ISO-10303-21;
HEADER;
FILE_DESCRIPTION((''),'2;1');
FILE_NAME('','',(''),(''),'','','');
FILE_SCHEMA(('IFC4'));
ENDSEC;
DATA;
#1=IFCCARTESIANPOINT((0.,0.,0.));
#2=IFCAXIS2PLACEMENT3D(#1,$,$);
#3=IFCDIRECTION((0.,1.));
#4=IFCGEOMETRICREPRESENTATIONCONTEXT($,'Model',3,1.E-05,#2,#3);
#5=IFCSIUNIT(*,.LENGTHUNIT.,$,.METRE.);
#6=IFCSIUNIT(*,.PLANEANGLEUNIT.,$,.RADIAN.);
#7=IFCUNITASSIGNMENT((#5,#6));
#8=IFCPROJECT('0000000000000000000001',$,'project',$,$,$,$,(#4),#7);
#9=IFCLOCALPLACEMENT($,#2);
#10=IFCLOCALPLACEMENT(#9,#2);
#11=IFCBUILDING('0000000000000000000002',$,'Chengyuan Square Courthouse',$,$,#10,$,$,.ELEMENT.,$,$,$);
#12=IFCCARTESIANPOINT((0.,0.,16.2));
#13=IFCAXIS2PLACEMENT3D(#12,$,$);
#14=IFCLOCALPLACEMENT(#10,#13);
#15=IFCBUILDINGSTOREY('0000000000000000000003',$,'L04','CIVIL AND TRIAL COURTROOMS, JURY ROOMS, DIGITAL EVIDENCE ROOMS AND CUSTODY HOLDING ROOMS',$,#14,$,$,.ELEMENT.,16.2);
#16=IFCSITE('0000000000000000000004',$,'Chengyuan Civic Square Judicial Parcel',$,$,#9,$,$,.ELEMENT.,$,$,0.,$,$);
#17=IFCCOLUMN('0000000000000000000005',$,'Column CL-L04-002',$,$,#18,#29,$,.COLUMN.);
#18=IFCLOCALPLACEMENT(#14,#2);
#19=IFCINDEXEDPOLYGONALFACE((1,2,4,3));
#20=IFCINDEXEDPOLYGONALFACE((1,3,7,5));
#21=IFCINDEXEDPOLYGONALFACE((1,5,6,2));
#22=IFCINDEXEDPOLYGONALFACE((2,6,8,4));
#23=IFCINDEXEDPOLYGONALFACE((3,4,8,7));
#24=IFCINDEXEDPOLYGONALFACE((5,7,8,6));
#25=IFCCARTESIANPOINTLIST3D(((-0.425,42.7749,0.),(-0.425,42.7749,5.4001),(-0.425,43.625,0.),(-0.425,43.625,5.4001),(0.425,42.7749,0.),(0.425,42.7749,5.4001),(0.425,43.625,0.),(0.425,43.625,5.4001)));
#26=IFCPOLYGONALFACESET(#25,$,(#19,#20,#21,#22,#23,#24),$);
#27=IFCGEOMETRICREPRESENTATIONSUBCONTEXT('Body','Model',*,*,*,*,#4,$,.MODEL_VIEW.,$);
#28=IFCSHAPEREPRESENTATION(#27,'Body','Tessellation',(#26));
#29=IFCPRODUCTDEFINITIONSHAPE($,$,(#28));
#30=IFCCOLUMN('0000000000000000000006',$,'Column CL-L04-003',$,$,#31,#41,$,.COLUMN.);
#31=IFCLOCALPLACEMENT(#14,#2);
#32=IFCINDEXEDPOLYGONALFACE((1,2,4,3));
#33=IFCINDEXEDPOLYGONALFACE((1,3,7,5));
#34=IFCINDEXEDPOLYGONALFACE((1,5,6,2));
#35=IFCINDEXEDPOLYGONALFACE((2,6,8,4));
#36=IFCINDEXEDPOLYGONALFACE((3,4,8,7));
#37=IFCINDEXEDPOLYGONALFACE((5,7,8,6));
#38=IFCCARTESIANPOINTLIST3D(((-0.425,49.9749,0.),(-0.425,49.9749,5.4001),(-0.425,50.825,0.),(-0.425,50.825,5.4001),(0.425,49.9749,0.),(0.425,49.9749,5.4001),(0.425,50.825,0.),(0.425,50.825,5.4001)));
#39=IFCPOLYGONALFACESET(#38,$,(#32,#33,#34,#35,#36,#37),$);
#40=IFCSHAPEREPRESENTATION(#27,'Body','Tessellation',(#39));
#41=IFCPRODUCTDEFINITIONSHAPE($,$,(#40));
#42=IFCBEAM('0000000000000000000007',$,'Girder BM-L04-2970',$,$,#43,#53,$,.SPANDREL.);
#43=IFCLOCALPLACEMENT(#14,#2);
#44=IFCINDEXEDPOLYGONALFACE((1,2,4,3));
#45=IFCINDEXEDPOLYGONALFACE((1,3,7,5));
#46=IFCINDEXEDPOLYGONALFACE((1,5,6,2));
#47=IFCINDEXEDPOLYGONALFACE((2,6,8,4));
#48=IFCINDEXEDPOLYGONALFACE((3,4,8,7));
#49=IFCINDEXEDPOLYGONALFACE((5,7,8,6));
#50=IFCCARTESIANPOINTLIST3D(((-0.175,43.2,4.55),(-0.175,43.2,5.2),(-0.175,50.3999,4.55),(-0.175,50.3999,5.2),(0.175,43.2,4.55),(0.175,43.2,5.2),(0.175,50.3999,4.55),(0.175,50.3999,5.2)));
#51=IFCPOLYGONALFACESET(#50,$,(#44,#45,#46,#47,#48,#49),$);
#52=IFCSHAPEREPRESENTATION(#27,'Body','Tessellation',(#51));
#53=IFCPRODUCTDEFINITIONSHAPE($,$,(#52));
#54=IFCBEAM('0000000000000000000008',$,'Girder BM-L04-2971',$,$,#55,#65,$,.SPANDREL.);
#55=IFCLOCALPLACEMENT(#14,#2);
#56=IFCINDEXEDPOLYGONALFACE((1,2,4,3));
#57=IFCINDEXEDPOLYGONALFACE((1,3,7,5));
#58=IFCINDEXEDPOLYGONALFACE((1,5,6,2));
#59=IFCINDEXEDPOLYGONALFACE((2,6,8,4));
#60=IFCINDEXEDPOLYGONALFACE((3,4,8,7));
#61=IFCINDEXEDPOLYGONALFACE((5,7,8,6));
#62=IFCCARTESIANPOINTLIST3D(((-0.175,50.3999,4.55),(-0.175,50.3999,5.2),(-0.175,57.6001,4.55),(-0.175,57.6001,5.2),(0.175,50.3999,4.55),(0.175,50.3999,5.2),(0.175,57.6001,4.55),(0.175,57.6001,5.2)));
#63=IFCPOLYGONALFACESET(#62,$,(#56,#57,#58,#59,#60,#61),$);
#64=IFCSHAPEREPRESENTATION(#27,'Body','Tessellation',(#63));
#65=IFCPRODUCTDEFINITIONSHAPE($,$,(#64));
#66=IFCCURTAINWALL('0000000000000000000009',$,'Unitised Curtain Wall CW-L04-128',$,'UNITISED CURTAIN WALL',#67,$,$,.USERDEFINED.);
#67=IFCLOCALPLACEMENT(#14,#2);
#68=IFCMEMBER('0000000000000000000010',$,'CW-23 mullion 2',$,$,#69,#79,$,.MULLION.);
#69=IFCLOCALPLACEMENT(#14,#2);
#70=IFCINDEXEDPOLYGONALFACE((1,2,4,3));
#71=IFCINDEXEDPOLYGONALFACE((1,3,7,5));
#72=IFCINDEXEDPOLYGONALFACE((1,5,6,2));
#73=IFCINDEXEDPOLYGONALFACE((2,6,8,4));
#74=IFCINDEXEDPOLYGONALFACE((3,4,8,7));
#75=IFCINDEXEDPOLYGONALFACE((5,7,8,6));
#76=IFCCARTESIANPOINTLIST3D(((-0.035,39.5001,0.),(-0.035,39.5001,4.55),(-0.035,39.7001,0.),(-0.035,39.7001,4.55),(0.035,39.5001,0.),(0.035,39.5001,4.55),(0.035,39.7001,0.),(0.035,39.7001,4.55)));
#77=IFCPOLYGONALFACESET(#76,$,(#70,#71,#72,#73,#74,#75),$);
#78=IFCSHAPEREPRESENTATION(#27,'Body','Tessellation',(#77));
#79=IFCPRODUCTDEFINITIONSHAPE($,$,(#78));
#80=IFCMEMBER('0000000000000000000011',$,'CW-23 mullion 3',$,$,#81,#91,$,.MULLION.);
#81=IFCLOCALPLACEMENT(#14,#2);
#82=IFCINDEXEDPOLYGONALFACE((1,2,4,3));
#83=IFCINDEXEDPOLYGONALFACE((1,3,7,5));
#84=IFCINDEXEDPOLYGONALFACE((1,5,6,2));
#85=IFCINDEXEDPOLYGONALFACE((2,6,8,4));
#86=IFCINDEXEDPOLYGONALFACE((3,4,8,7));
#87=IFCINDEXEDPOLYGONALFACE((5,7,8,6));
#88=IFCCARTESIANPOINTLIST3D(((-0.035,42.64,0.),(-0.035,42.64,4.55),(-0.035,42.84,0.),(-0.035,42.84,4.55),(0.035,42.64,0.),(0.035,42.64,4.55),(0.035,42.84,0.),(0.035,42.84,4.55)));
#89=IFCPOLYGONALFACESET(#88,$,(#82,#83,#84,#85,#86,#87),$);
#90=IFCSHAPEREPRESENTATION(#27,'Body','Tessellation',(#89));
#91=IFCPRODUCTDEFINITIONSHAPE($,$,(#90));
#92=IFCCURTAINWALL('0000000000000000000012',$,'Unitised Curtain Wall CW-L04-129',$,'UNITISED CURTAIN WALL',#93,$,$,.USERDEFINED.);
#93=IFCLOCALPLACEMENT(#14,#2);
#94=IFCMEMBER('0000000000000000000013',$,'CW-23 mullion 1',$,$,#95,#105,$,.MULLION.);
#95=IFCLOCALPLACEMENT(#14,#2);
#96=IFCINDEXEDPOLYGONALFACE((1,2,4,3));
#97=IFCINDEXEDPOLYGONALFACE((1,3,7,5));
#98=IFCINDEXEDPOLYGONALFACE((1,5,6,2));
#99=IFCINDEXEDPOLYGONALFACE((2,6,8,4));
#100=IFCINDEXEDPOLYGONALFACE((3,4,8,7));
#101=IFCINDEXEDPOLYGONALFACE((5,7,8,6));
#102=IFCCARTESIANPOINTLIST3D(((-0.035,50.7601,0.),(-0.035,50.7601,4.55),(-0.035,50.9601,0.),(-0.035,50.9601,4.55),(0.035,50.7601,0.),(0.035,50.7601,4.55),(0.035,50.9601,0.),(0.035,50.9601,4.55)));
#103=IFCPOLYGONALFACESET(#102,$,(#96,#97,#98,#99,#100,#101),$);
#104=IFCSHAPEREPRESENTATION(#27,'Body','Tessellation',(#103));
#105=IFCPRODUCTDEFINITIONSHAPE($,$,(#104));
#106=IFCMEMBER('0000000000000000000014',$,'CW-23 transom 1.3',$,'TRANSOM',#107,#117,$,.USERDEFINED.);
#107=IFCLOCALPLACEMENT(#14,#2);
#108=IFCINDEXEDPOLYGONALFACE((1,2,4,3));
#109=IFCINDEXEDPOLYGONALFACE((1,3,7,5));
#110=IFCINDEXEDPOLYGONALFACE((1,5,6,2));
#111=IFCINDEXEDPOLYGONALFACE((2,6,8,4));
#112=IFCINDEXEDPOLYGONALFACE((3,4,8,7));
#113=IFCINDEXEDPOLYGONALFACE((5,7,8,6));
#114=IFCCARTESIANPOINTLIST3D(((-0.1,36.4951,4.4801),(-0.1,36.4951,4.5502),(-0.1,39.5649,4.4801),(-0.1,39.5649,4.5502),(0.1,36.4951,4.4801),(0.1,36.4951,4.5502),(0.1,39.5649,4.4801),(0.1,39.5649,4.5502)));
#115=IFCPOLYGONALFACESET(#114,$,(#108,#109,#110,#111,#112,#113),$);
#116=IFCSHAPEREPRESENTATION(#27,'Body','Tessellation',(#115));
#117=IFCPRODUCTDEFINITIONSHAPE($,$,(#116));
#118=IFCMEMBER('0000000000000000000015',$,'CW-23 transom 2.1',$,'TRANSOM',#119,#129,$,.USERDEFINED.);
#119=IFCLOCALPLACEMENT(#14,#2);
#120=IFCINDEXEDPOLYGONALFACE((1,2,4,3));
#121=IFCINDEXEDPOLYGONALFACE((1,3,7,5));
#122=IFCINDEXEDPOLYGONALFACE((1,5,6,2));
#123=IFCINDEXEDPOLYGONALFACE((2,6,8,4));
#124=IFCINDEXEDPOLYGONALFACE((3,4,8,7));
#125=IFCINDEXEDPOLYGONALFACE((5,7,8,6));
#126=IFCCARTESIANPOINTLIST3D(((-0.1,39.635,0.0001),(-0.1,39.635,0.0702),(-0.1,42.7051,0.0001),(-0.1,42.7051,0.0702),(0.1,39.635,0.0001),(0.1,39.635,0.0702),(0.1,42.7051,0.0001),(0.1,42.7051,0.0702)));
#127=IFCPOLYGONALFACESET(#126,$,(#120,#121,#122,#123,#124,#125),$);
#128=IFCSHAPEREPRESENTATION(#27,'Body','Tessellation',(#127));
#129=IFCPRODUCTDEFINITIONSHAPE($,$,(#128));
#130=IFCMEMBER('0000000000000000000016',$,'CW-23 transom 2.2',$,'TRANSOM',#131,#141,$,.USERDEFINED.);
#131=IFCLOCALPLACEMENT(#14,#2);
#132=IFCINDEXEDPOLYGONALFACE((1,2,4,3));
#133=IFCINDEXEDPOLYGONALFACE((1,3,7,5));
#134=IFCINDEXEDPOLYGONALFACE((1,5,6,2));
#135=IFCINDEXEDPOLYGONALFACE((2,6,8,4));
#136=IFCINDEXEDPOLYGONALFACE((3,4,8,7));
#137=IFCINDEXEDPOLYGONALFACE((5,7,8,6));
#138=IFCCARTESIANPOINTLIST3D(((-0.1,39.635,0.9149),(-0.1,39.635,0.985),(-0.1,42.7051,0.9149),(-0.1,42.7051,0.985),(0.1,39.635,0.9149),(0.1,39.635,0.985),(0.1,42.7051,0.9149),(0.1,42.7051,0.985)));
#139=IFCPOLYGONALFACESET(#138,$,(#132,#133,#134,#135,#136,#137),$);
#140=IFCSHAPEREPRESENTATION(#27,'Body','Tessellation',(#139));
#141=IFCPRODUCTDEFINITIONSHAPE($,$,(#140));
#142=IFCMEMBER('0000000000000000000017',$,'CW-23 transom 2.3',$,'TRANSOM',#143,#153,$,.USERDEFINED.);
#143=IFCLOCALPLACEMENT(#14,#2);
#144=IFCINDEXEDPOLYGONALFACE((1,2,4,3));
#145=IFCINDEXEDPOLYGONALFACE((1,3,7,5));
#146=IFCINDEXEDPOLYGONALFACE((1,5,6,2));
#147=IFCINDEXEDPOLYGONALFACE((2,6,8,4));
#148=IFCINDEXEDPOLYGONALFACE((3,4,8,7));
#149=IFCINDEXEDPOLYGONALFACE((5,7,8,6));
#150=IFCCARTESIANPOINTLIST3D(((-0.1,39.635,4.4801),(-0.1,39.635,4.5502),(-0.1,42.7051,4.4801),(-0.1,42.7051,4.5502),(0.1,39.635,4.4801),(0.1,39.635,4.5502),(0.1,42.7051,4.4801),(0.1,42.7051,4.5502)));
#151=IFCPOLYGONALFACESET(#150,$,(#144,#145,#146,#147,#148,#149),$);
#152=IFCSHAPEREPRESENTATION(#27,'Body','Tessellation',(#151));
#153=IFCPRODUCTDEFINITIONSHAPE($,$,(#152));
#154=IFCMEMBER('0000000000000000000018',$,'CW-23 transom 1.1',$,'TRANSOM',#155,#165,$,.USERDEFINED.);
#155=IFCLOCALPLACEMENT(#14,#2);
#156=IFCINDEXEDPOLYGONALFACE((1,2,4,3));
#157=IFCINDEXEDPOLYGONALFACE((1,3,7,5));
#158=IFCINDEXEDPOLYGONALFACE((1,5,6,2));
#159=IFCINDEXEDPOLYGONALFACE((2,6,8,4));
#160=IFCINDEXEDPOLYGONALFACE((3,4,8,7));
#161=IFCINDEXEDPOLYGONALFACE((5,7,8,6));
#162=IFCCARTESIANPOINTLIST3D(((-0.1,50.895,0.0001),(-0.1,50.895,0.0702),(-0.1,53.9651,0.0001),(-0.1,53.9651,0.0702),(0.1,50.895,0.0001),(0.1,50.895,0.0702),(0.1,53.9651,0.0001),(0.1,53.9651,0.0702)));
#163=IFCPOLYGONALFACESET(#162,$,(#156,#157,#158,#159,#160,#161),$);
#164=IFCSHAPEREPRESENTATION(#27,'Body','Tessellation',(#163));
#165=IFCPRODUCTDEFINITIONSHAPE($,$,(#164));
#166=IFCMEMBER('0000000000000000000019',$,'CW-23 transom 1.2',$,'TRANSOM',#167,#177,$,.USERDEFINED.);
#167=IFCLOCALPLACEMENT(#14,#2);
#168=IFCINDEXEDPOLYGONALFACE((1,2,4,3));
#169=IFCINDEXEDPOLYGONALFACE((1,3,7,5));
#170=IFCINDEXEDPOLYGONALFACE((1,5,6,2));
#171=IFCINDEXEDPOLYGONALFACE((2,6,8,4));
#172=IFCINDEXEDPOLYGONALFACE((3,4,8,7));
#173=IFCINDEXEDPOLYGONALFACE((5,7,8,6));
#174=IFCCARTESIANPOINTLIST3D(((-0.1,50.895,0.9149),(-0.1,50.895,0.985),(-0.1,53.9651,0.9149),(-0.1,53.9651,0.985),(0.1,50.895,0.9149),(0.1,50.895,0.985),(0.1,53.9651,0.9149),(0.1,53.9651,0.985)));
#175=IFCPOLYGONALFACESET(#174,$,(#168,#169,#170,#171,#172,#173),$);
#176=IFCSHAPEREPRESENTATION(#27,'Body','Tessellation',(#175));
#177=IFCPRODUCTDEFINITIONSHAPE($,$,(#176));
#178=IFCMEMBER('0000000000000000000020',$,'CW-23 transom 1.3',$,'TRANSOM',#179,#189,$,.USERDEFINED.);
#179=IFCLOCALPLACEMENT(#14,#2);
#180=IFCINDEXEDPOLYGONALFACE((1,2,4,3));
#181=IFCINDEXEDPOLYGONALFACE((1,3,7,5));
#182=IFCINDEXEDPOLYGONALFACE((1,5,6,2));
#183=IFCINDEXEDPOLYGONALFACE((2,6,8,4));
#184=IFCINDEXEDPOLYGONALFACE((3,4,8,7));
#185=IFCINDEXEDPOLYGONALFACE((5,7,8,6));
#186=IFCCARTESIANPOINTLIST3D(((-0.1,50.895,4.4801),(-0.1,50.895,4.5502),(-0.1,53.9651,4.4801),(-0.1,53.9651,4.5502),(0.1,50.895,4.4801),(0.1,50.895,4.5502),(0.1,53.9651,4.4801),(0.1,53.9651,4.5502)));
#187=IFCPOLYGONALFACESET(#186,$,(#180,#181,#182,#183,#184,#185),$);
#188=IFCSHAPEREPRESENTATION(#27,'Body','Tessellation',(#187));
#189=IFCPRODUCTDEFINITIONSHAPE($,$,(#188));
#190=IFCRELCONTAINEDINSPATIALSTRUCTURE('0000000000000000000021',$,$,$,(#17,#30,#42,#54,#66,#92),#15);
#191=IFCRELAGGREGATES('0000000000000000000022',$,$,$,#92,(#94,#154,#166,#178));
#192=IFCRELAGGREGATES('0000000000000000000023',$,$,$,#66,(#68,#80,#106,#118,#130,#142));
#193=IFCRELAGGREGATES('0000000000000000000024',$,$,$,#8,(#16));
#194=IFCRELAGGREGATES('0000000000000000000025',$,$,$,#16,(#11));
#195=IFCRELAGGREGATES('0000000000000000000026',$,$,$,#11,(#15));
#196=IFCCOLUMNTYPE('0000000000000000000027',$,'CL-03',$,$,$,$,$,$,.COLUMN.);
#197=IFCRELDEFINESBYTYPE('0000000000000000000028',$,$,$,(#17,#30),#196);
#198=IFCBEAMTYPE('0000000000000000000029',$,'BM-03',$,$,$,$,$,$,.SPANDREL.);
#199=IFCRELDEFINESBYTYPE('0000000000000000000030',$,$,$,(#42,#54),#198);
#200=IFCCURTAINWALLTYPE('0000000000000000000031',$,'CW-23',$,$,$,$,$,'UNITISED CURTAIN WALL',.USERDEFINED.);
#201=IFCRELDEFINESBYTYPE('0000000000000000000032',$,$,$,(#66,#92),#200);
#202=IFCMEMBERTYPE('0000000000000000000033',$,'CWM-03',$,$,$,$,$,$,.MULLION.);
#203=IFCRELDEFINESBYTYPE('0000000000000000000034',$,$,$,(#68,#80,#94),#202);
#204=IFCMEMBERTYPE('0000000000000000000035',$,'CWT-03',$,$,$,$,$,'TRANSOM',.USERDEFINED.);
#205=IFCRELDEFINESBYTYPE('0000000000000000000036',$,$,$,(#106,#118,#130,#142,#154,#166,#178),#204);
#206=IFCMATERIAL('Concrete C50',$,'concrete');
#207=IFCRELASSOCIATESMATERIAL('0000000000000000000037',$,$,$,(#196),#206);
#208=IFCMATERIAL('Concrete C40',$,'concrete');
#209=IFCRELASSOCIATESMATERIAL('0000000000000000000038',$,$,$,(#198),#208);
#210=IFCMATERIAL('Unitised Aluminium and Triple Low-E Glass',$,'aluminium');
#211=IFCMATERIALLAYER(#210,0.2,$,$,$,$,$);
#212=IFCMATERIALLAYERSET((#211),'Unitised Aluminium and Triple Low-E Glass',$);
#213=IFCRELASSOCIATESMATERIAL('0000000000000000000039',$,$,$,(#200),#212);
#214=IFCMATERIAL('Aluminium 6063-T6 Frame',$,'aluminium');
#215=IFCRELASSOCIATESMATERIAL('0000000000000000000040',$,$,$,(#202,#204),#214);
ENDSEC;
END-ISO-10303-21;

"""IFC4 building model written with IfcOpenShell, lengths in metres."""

from ifc_helpers import new_model, si_unit, direction, frame, origin, origin_2d, place, context, subcontext, project, spatial, rectangle, extrude, material, layer, layer_set, material_profile, profile_set, type_object, element, aggregate, save


model = new_model("IFC4")

# Units and contexts
model_context = context("Model", 3, precision=1e-05, world=origin(), true_north=direction((0.0, 1.0)))
body_context = subcontext(model_context, "Body", "Model", "MODEL_VIEW")
ifc_project = project(units=[si_unit("LENGTHUNIT", "METRE"), si_unit("PLANEANGLEUNIT", "RADIAN")], contexts=[model_context])

# Site, building, storey
site_placement = place(None, origin())
site = spatial("IfcSite", under=ifc_project, at=site_placement, Name="Chengyuan Civic Square Judicial Parcel", CompositionType="ELEMENT", RefElevation=0.0)
building_placement = place(site_placement, origin())
building = spatial("IfcBuilding", under=site, at=building_placement, Name="Chengyuan Square Courthouse", CompositionType="ELEMENT")
storey_placement = place(building_placement, frame((0.0, 0.0, 16.2)))
storey = spatial("IfcBuildingStorey", under=building, at=storey_placement, Name="L04", Description="CIVIL AND TRIAL COURTROOMS, JURY ROOMS, DIGITAL EVIDENCE ROOMS AND CUSTODY HOLDING ROOMS", CompositionType="ELEMENT", Elevation=16.2)

# Columns
ifc_material_1 = material(Name="Concrete C50", Category="concrete")
ifc_material_profile_1 = material_profile(ifc_material_1, rectangle(XDim=0.8501, YDim=0.8501, at=origin_2d()), Name="RC-COL-850x850")
ifc_profile_set_1 = profile_set([ifc_material_profile_1], Name="Concrete C50")
column_type = type_object("IfcColumnType", Name="CL-03", PredefinedType="COLUMN", material=ifc_profile_set_1)
for number, where, z_axis, x_axis, name in (
    (1, (0.0, 43.2, 0.0), (0.0, 0.0, 1.0), (1.0, 0.0, 0.0), "Column CL-L04-002"),
    (2, (0.0, 50.3999, 0.0), (0.0, 0.0, 1.0), (1.0, 0.0, 0.0), "Column CL-L04-003"),
):
    element("IfcColumn", number, at=place(storey_placement, frame(where, z_axis=z_axis, x_axis=x_axis)), inside=storey, type_object=column_type, Name=name, PredefinedType="COLUMN", context=body_context, shape_type="SweptSolid", body=[
        extrude(rectangle(XDim=0.8501, YDim=0.8501, at=origin_2d()), origin(), (0.0, 0.0, 1.0), 5.4001),
    ])

# Beams
ifc_material_2 = material(Name="Concrete C40", Category="concrete")
ifc_material_profile_2 = material_profile(ifc_material_2, rectangle(XDim=0.3501, YDim=0.6499, at=origin_2d()), Name="RC-BM-350x650")
ifc_profile_set_2 = profile_set([ifc_material_profile_2], Name="Concrete C40")
beam_type_1 = type_object("IfcBeamType", Name="BM-03", PredefinedType="SPANDREL", material=ifc_profile_set_2)
beam_1_placement = place(storey_placement, frame((0.0, 43.2, 4.875), z_axis=(0.0, 1.0, 0.0), x_axis=(-1.0, 0.0, 0.0)))
element("IfcBeam", 3, at=beam_1_placement, inside=storey, type_object=beam_type_1, Name="Girder BM-L04-2970", PredefinedType="SPANDREL", context=body_context, shape_type="SweptSolid", body=[
    extrude(rectangle(XDim=0.3501, YDim=0.6499, at=origin_2d()), origin(), (0.0, 0.0, 1.0), 7.2),
])
beam_2_placement = place(storey_placement, frame((0.0, 50.3999, 4.875), z_axis=(0.0, 1.0, 0.0), x_axis=(-1.0, 0.0, 0.0)))
element("IfcBeam", 4, at=beam_2_placement, inside=storey, type_object=beam_type_1, Name="Girder BM-L04-2971", PredefinedType="SPANDREL", context=body_context, shape_type="SweptSolid", body=[
    extrude(rectangle(XDim=0.3501, YDim=0.6499, at=origin_2d()), origin(), (0.0, 0.0, 1.0), 7.2002),
])

# Curtain wall, members
ifc_material_3 = material(Name="Unitised Aluminium and Triple Low-E Glass", Category="aluminium")
ifc_layer_1 = layer(ifc_material_3, 0.2)
ifc_layer_set_1 = layer_set([ifc_layer_1], Name="Unitised Aluminium and Triple Low-E Glass")
curtain_wall_type = type_object("IfcCurtainWallType", Name="CW-23", ElementType="UNITISED CURTAIN WALL", PredefinedType="USERDEFINED", material=ifc_layer_set_1)
curtain_wall_1_placement = place(storey_placement, origin())
curtain_wall_1 = element("IfcCurtainWall", 5, at=curtain_wall_1_placement, inside=storey, type_object=curtain_wall_type, Name="Unitised Curtain Wall CW-L04-128", ObjectType="UNITISED CURTAIN WALL", PredefinedType="USERDEFINED")
ifc_material_4 = material(Name="Aluminium 6063-T6 Frame", Category="aluminium")
ifc_material_profile_3 = material_profile(ifc_material_4, rectangle(XDim=0.0701, YDim=0.2, at=origin_2d()), Name="CW-MUL-70x200")
ifc_profile_set_3 = profile_set([ifc_material_profile_3], Name="Aluminium 6063-T6 Frame")
member_type_1 = type_object("IfcMemberType", Name="CWM-03", PredefinedType="MULLION", material=ifc_profile_set_3)
member_1_placement = place(storey_placement, frame((0.0, 39.6001, 0.0), z_axis=(0.0, 0.0, 1.0), x_axis=(-1.0, 0.0, 0.0)))
member_1 = element("IfcMember", 6, at=member_1_placement, type_object=member_type_1, Name="CW-23 mullion 2", PredefinedType="MULLION", context=body_context, shape_type="SweptSolid", body=[
    extrude(rectangle(XDim=0.0701, YDim=0.2, at=origin_2d()), origin(), (0.0, 0.0, 1.0), 4.55),
])
member_2_placement = place(storey_placement, frame((0.0, 42.74, 0.0), z_axis=(0.0, 0.0, 1.0), x_axis=(-1.0, 0.0, 0.0)))
member_2 = element("IfcMember", 7, at=member_2_placement, type_object=member_type_1, Name="CW-23 mullion 3", PredefinedType="MULLION", context=body_context, shape_type="SweptSolid", body=[
    extrude(rectangle(XDim=0.0701, YDim=0.2, at=origin_2d()), origin(), (0.0, 0.0, 1.0), 4.55),
])

# Curtain wall, member
curtain_wall_2_placement = place(storey_placement, origin())
curtain_wall_2 = element("IfcCurtainWall", 8, at=curtain_wall_2_placement, inside=storey, type_object=curtain_wall_type, Name="Unitised Curtain Wall CW-L04-129", ObjectType="UNITISED CURTAIN WALL", PredefinedType="USERDEFINED")
member_3_placement = place(storey_placement, frame((0.0, 50.8601, 0.0), z_axis=(0.0, 0.0, 1.0), x_axis=(-1.0, 0.0, 0.0)))
member_3 = element("IfcMember", 9, at=member_3_placement, type_object=member_type_1, Name="CW-23 mullion 1", PredefinedType="MULLION", context=body_context, shape_type="SweptSolid", body=[
    extrude(rectangle(XDim=0.0701, YDim=0.2, at=origin_2d()), origin(), (0.0, 0.0, 1.0), 4.55),
])

# Members
ifc_material_profile_4 = material_profile(ifc_material_4, rectangle(XDim=0.2, YDim=0.0701, at=origin_2d()), Name="CW-TRN-70x160")
ifc_profile_set_4 = profile_set([ifc_material_profile_4], Name="Aluminium 6063-T6 Frame")
member_type_2 = type_object("IfcMemberType", Name="CWT-03", ElementType="TRANSOM", PredefinedType="USERDEFINED", material=ifc_profile_set_4)
member_4_placement = place(storey_placement, frame((0.0, 36.4951, 4.5151), z_axis=(0.0, 1.0, 0.0), x_axis=(-1.0, 0.0, 0.0)))
member_4 = element("IfcMember", 10, at=member_4_placement, type_object=member_type_2, Name="CW-23 transom 1.3", ObjectType="TRANSOM", PredefinedType="USERDEFINED", context=body_context, shape_type="SweptSolid", body=[
    extrude(rectangle(XDim=0.2, YDim=0.0701, at=origin_2d()), origin(), (0.0, 0.0, 1.0), 3.0698),
])
member_5_placement = place(storey_placement, frame((0.0, 39.635, 0.0352), z_axis=(0.0, 1.0, 0.0), x_axis=(-1.0, 0.0, 0.0)))
member_5 = element("IfcMember", 11, at=member_5_placement, type_object=member_type_2, Name="CW-23 transom 2.1", ObjectType="TRANSOM", PredefinedType="USERDEFINED", context=body_context, shape_type="SweptSolid", body=[
    extrude(rectangle(XDim=0.2, YDim=0.0701, at=origin_2d()), origin(), (0.0, 0.0, 1.0), 3.0701),
])
member_6_placement = place(storey_placement, frame((0.0, 39.635, 0.95), z_axis=(0.0, 1.0, 0.0), x_axis=(-1.0, 0.0, 0.0)))
member_6 = element("IfcMember", 12, at=member_6_placement, type_object=member_type_2, Name="CW-23 transom 2.2", ObjectType="TRANSOM", PredefinedType="USERDEFINED", context=body_context, shape_type="SweptSolid", body=[
    extrude(rectangle(XDim=0.2, YDim=0.0701, at=origin_2d()), origin(), (0.0, 0.0, 1.0), 3.0701),
])
member_7_placement = place(storey_placement, frame((0.0, 39.635, 4.5151), z_axis=(0.0, 1.0, 0.0), x_axis=(-1.0, 0.0, 0.0)))
member_7 = element("IfcMember", 13, at=member_7_placement, type_object=member_type_2, Name="CW-23 transom 2.3", ObjectType="TRANSOM", PredefinedType="USERDEFINED", context=body_context, shape_type="SweptSolid", body=[
    extrude(rectangle(XDim=0.2, YDim=0.0701, at=origin_2d()), origin(), (0.0, 0.0, 1.0), 3.0701),
])
member_8_placement = place(storey_placement, frame((0.0, 50.895, 0.0352), z_axis=(0.0, 1.0, 0.0), x_axis=(-1.0, 0.0, 0.0)))
member_8 = element("IfcMember", 14, at=member_8_placement, type_object=member_type_2, Name="CW-23 transom 1.1", ObjectType="TRANSOM", PredefinedType="USERDEFINED", context=body_context, shape_type="SweptSolid", body=[
    extrude(rectangle(XDim=0.2, YDim=0.0701, at=origin_2d()), origin(), (0.0, 0.0, 1.0), 3.0701),
])
member_9_placement = place(storey_placement, frame((0.0, 50.895, 0.95), z_axis=(0.0, 1.0, 0.0), x_axis=(-1.0, 0.0, 0.0)))
member_9 = element("IfcMember", 15, at=member_9_placement, type_object=member_type_2, Name="CW-23 transom 1.2", ObjectType="TRANSOM", PredefinedType="USERDEFINED", context=body_context, shape_type="SweptSolid", body=[
    extrude(rectangle(XDim=0.2, YDim=0.0701, at=origin_2d()), origin(), (0.0, 0.0, 1.0), 3.0701),
])
member_10_placement = place(storey_placement, frame((0.0, 50.895, 4.5151), z_axis=(0.0, 1.0, 0.0), x_axis=(-1.0, 0.0, 0.0)))
member_10 = element("IfcMember", 16, at=member_10_placement, type_object=member_type_2, Name="CW-23 transom 1.3", ObjectType="TRANSOM", PredefinedType="USERDEFINED", context=body_context, shape_type="SweptSolid", body=[
    extrude(rectangle(XDim=0.2, YDim=0.0701, at=origin_2d()), origin(), (0.0, 0.0, 1.0), 3.0701),
])
aggregate(curtain_wall_2, [member_3, member_8, member_9, member_10])

aggregate(curtain_wall_1, [member_1, member_2, member_4, member_5, member_6, member_7])

save(model, "model.ifc")
